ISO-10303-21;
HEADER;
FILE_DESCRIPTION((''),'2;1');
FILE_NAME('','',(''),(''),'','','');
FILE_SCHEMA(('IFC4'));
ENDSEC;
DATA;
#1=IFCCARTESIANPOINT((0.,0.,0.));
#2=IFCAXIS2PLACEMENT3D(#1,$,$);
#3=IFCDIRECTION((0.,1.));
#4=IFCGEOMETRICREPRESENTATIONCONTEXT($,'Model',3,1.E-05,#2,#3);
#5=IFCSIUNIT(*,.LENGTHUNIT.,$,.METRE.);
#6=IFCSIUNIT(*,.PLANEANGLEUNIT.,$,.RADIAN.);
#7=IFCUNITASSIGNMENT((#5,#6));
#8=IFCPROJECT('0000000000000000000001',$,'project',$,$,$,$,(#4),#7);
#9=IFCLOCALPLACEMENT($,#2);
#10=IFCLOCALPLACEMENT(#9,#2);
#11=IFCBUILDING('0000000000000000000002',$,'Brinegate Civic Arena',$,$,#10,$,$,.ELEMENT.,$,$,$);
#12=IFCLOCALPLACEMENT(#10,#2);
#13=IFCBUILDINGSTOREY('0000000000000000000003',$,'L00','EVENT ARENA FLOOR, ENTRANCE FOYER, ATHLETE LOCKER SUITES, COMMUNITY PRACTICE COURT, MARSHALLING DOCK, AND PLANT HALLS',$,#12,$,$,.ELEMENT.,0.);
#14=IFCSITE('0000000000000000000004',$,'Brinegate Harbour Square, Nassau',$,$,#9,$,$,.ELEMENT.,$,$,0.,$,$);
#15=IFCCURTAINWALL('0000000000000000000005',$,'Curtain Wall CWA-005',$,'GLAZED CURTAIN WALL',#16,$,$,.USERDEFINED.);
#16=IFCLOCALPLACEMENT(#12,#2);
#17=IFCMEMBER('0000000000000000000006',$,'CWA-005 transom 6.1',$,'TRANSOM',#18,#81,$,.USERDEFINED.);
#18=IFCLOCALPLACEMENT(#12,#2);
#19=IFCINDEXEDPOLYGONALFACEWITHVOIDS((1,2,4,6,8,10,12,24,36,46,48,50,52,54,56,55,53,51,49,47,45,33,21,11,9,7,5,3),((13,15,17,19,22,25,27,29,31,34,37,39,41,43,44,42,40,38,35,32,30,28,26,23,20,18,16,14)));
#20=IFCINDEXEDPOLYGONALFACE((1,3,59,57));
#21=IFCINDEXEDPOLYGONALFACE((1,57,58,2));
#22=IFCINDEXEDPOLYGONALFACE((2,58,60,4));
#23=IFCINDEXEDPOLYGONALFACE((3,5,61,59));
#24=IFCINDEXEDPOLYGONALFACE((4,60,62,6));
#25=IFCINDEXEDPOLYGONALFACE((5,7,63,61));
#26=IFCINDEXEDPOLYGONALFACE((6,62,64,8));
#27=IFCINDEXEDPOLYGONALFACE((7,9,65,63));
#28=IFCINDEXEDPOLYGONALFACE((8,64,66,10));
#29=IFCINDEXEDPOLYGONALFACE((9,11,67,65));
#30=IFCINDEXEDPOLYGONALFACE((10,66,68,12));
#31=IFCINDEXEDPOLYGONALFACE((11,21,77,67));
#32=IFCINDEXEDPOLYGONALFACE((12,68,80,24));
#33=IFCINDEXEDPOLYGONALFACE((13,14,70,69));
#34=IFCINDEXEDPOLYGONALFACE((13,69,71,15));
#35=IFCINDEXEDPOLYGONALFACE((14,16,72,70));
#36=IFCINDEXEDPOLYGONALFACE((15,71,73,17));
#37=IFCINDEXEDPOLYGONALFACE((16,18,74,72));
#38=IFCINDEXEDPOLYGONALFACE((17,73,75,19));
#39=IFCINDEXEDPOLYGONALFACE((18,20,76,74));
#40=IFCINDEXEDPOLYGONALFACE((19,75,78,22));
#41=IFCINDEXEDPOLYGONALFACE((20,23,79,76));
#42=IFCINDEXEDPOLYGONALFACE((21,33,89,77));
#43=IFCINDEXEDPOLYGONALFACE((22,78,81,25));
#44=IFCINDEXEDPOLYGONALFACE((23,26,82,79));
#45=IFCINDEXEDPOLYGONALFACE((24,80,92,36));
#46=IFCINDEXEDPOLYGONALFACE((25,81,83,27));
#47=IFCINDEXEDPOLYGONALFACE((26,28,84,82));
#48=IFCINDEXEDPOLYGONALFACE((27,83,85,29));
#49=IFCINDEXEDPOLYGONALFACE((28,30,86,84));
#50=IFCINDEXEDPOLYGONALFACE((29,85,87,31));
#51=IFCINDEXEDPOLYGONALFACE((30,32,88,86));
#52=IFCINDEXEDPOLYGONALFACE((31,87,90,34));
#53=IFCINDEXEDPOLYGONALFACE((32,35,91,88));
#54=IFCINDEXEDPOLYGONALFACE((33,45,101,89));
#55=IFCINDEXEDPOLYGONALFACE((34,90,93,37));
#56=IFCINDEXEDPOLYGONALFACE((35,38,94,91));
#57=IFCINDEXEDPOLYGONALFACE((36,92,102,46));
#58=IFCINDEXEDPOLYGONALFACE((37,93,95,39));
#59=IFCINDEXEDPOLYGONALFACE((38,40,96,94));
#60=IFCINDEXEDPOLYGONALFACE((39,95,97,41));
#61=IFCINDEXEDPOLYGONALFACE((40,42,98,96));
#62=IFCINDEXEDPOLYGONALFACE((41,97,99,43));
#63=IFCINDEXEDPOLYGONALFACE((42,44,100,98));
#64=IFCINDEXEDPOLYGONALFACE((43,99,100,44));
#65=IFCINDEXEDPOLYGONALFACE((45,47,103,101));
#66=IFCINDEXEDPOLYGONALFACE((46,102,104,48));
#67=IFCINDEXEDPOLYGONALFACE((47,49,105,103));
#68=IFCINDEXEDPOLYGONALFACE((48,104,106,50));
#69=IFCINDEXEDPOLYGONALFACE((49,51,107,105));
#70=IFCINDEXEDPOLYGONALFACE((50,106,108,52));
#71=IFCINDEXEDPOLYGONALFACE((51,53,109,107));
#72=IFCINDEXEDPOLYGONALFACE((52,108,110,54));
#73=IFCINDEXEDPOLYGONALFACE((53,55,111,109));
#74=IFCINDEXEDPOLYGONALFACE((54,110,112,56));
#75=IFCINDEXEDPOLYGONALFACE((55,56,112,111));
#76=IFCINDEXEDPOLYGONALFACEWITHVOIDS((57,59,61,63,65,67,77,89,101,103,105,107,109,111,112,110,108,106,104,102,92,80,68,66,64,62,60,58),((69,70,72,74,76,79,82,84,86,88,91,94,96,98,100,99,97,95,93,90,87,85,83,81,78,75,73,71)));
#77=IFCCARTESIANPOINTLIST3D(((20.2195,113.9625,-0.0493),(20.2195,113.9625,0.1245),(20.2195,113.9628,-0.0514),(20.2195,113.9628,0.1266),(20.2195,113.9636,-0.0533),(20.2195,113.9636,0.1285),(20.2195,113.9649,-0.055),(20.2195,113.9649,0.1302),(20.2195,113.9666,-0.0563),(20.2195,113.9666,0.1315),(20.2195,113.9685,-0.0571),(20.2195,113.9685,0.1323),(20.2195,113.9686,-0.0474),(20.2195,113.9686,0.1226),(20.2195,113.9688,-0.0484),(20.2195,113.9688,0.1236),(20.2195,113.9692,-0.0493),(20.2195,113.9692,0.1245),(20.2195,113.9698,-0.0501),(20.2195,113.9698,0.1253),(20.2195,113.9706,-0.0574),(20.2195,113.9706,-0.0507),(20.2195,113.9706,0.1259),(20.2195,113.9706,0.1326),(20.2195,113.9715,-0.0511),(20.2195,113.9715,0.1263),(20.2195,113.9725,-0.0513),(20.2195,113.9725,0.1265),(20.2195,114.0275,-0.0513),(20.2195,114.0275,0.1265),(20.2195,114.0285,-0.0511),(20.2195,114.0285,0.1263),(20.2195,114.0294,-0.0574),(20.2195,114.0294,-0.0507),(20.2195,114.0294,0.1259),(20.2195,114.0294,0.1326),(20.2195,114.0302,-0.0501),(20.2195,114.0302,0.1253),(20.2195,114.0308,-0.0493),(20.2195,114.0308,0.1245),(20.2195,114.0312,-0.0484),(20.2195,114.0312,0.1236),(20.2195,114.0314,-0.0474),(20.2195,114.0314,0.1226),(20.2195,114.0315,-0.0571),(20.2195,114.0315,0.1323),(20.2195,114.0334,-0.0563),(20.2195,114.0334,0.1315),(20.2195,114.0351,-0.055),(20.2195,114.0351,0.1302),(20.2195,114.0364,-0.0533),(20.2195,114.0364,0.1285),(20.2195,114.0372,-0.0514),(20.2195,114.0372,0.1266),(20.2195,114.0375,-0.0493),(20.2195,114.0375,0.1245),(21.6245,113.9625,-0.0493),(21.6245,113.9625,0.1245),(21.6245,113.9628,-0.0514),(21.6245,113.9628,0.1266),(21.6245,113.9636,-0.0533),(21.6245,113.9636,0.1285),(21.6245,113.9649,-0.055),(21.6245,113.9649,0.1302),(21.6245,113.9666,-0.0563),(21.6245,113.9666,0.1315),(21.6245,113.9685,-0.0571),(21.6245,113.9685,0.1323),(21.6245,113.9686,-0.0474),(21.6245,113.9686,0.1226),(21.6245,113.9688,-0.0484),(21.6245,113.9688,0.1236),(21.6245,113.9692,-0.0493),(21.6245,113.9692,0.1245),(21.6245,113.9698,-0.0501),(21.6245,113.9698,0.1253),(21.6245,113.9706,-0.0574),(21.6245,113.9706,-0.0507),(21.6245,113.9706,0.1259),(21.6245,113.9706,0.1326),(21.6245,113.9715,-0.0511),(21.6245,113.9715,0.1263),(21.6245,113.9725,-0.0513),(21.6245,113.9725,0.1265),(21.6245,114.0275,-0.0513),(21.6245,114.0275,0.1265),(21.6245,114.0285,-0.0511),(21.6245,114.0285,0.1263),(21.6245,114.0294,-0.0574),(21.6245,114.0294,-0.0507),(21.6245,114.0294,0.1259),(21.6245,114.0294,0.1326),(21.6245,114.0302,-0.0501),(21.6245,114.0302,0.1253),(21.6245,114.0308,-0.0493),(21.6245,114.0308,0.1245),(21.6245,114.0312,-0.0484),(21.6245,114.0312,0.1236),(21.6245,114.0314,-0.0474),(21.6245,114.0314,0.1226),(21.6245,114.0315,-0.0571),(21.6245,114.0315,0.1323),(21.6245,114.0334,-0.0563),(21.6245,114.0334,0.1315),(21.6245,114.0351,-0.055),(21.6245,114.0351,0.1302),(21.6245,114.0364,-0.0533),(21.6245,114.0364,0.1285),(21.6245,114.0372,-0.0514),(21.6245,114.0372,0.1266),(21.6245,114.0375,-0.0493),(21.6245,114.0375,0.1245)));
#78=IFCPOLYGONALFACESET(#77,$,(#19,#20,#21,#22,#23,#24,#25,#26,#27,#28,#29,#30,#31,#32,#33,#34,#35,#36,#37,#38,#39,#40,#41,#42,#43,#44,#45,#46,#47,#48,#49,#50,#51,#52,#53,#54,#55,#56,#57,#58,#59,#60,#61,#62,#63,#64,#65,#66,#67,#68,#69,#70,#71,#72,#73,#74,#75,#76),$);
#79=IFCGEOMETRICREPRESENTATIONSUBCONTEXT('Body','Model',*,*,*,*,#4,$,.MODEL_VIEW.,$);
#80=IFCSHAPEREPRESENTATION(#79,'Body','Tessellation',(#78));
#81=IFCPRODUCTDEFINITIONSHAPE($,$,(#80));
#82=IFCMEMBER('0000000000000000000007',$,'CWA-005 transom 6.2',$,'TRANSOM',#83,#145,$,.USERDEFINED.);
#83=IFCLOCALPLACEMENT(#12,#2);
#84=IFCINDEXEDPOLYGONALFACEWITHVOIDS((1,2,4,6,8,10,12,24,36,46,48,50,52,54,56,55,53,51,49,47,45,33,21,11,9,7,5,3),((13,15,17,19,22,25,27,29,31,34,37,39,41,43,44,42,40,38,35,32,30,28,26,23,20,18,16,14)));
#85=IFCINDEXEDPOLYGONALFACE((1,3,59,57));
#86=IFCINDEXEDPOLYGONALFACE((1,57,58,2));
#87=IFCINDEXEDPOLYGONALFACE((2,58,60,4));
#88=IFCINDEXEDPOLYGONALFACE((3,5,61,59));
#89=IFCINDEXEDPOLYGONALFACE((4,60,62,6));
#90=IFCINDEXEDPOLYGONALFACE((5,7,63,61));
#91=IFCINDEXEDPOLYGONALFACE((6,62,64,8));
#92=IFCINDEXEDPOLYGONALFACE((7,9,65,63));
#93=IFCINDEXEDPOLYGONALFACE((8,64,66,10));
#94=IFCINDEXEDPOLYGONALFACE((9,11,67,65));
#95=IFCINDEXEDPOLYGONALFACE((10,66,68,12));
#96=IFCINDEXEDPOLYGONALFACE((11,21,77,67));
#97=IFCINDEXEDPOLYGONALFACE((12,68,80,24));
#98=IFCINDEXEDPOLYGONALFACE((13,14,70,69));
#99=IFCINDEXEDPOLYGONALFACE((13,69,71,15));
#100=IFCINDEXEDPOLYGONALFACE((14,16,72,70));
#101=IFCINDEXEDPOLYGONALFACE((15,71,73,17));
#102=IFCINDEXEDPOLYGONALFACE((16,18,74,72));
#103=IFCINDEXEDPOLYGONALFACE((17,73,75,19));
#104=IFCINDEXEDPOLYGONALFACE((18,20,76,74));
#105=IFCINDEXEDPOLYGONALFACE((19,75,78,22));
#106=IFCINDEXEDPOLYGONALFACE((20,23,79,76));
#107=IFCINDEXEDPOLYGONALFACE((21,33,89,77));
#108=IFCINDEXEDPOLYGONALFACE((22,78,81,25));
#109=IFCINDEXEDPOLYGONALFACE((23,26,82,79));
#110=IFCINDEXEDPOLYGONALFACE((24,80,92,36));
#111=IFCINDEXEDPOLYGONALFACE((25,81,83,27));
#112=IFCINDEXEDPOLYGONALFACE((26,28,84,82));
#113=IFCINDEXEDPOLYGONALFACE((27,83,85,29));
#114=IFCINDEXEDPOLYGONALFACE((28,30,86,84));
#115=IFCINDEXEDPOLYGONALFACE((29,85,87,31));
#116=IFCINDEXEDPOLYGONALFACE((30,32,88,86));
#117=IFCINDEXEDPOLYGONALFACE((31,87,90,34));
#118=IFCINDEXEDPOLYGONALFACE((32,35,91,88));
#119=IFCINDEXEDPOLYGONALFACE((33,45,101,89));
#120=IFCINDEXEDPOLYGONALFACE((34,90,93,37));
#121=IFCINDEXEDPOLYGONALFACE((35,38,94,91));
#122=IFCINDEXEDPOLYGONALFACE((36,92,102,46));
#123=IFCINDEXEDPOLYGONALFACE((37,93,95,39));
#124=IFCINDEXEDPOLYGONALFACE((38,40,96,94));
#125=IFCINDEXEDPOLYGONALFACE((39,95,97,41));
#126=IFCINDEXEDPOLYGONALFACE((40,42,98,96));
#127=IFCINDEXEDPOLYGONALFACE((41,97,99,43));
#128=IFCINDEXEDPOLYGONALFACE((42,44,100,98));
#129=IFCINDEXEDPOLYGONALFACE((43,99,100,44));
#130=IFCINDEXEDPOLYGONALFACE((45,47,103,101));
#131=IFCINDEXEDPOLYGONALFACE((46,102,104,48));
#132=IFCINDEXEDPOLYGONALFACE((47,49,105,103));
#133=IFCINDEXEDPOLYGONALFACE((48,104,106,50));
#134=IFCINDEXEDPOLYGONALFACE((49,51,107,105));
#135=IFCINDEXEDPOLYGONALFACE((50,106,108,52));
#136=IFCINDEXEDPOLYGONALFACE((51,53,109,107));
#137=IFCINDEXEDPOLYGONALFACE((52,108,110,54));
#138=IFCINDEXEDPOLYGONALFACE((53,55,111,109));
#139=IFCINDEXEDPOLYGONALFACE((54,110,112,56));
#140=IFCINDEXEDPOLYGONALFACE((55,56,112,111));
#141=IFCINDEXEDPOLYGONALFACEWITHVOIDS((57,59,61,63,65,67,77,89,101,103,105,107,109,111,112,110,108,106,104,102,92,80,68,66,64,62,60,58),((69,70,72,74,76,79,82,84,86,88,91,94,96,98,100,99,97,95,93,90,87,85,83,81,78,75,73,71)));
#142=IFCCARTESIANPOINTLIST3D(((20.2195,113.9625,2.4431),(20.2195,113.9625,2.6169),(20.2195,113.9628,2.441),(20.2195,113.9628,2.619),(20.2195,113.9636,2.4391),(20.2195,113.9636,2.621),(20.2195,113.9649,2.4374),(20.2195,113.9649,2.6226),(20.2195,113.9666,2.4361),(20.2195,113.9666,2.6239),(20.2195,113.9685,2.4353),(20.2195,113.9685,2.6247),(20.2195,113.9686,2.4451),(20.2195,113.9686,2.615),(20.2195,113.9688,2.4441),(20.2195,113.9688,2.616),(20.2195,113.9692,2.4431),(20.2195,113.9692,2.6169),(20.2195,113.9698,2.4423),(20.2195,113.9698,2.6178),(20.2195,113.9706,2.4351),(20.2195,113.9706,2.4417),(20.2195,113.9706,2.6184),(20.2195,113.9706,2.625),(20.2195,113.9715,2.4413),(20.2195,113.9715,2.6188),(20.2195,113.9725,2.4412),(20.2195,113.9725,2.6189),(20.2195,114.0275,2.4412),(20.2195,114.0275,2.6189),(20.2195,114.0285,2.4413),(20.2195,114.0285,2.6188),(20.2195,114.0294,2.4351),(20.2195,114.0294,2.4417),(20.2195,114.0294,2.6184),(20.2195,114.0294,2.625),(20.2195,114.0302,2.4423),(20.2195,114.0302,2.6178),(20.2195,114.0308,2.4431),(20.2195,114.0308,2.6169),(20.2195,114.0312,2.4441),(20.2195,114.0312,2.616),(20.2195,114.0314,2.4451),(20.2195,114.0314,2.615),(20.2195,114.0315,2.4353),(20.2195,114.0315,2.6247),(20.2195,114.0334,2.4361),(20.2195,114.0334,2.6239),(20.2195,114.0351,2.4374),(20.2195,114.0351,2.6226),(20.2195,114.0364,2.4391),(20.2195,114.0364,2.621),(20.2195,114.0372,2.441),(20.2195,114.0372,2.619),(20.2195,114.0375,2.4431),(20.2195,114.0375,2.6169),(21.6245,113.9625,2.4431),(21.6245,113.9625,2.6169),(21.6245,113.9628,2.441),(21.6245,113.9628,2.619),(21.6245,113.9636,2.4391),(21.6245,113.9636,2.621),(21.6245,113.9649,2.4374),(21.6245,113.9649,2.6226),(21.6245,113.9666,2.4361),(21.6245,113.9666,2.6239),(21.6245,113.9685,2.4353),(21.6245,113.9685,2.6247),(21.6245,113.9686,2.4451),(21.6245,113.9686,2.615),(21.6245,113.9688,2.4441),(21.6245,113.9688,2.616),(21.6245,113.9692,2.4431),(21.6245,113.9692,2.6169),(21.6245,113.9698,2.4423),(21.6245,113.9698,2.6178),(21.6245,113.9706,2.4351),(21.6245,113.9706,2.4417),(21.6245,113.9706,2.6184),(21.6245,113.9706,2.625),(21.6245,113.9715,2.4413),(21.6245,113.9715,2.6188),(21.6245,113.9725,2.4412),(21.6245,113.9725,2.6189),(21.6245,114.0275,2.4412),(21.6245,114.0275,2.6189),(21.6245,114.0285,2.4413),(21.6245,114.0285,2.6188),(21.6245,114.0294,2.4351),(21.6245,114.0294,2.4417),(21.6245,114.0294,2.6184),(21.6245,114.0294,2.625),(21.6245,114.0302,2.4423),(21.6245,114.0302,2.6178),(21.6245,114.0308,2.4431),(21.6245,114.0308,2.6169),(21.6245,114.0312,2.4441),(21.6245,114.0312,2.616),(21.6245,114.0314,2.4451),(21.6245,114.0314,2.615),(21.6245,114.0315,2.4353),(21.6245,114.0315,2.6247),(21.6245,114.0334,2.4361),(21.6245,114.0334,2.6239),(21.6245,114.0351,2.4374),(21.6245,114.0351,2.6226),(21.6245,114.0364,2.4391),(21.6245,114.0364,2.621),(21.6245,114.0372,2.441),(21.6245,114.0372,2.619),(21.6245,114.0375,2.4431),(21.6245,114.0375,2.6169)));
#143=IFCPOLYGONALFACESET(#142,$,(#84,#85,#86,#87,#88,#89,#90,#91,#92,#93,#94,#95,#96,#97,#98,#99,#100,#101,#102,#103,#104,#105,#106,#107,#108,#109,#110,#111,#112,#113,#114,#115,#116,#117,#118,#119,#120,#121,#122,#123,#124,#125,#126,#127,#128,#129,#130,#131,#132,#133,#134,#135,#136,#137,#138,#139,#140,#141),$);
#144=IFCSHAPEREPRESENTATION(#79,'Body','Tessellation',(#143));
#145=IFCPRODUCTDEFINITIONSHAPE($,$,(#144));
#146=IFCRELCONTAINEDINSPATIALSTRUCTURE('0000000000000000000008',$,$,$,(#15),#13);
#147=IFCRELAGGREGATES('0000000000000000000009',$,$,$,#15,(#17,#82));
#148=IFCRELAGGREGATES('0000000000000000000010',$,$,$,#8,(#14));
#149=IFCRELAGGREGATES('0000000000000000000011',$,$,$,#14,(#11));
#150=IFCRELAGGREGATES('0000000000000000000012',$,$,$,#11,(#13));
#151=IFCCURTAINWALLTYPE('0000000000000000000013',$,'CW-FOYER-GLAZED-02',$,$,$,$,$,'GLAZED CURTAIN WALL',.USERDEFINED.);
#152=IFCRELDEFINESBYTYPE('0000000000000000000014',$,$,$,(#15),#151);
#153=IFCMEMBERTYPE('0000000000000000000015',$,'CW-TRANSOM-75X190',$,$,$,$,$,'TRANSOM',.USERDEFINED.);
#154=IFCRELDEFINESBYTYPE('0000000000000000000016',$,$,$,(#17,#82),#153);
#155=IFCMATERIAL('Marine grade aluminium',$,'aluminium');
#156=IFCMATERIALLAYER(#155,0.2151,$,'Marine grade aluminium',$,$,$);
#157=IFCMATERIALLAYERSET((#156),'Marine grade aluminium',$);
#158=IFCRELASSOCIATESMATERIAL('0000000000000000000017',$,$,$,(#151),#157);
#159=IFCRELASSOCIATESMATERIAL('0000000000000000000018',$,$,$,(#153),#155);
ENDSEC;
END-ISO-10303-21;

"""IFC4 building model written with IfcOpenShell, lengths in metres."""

from ifc_helpers import new_model, si_unit, direction, frame, origin, origin_2d, place, context, subcontext, project, spatial, hollow_rectangle, extrude, material, layer, layer_set, material_profile, profile_set, type_object, element, aggregate, save


model = new_model("IFC4")

# Units and contexts
model_context = context("Model", 3, precision=1e-05, world=origin(), true_north=direction((0.0, 1.0)))
body_context = subcontext(model_context, "Body", "Model", "MODEL_VIEW")
ifc_project = project(units=[si_unit("LENGTHUNIT", "METRE"), si_unit("PLANEANGLEUNIT", "RADIAN")], contexts=[model_context])

# Site, building, storey
site_placement = place(None, origin())
site = spatial("IfcSite", under=ifc_project, at=site_placement, Name="Brinegate Harbour Square, Nassau", CompositionType="ELEMENT", RefElevation=0.0)
building_placement = place(site_placement, origin())
building = spatial("IfcBuilding", under=site, at=building_placement, Name="Brinegate Civic Arena", CompositionType="ELEMENT")
storey_placement = place(building_placement, origin())
storey = spatial("IfcBuildingStorey", under=building, at=storey_placement, Name="L00", Description="EVENT ARENA FLOOR, ENTRANCE FOYER, ATHLETE LOCKER SUITES, COMMUNITY PRACTICE COURT, MARSHALLING DOCK, AND PLANT HALLS", CompositionType="ELEMENT", Elevation=0.0)

# Curtain wall, members
ifc_material_1 = material(Name="Marine grade aluminium", Category="aluminium")
ifc_layer_1 = layer(ifc_material_1, 0.2151, Name="Marine grade aluminium")
ifc_layer_set_1 = layer_set([ifc_layer_1], Name="Marine grade aluminium")
curtain_wall_type = type_object("IfcCurtainWallType", Name="CW-FOYER-GLAZED-02", ElementType="GLAZED CURTAIN WALL", PredefinedType="USERDEFINED", material=ifc_layer_set_1)
curtain_wall_placement = place(storey_placement, origin())
curtain_wall = element("IfcCurtainWall", 1, at=curtain_wall_placement, inside=storey, type_object=curtain_wall_type, Name="Curtain Wall CWA-005", ObjectType="GLAZED CURTAIN WALL", PredefinedType="USERDEFINED")
ifc_material_profile_1 = material_profile(ifc_material_1, hollow_rectangle(XDim=0.075, YDim=0.1899, WallThickness=0.0061, InnerFilletRadius=0.0039, OuterFilletRadius=0.0081, at=origin_2d()), Name="TRN75X190")
ifc_profile_set_1 = profile_set([ifc_material_profile_1], Name="Marine grade aluminium")
member_type_1 = type_object("IfcMemberType", Name="CW-TRANSOM-75X190", ElementType="TRANSOM", PredefinedType="USERDEFINED", material=ifc_profile_set_1)
member_1_placement = place(storey_placement, frame((20.2195, 114.0, 0.0376), z_axis=(1.0, 0.0, 0.0), x_axis=(0.0, 1.0, 0.0)))
member_1 = element("IfcMember", 2, at=member_1_placement, type_object=member_type_1, Name="CWA-005 transom 6.1", ObjectType="TRANSOM", PredefinedType="USERDEFINED", context=body_context, shape_type="SweptSolid", body=[
    extrude(hollow_rectangle(XDim=0.075, YDim=0.1899, WallThickness=0.0061, InnerFilletRadius=0.0039, OuterFilletRadius=0.0081, at=origin_2d()), origin(), (0.0, 0.0, 1.0), 1.405),
])
member_2_placement = place(storey_placement, frame((20.2195, 114.0, 2.53), z_axis=(1.0, 0.0, 0.0), x_axis=(0.0, 1.0, 0.0)))
member_2 = element("IfcMember", 3, at=member_2_placement, type_object=member_type_1, Name="CWA-005 transom 6.2", ObjectType="TRANSOM", PredefinedType="USERDEFINED", context=body_context, shape_type="SweptSolid", body=[
    extrude(hollow_rectangle(XDim=0.075, YDim=0.1899, WallThickness=0.0061, InnerFilletRadius=0.0039, OuterFilletRadius=0.0081, at=origin_2d()), origin(), (0.0, 0.0, 1.0), 1.405),
])

aggregate(curtain_wall, [member_1, member_2])

save(model, "model.ifc")
